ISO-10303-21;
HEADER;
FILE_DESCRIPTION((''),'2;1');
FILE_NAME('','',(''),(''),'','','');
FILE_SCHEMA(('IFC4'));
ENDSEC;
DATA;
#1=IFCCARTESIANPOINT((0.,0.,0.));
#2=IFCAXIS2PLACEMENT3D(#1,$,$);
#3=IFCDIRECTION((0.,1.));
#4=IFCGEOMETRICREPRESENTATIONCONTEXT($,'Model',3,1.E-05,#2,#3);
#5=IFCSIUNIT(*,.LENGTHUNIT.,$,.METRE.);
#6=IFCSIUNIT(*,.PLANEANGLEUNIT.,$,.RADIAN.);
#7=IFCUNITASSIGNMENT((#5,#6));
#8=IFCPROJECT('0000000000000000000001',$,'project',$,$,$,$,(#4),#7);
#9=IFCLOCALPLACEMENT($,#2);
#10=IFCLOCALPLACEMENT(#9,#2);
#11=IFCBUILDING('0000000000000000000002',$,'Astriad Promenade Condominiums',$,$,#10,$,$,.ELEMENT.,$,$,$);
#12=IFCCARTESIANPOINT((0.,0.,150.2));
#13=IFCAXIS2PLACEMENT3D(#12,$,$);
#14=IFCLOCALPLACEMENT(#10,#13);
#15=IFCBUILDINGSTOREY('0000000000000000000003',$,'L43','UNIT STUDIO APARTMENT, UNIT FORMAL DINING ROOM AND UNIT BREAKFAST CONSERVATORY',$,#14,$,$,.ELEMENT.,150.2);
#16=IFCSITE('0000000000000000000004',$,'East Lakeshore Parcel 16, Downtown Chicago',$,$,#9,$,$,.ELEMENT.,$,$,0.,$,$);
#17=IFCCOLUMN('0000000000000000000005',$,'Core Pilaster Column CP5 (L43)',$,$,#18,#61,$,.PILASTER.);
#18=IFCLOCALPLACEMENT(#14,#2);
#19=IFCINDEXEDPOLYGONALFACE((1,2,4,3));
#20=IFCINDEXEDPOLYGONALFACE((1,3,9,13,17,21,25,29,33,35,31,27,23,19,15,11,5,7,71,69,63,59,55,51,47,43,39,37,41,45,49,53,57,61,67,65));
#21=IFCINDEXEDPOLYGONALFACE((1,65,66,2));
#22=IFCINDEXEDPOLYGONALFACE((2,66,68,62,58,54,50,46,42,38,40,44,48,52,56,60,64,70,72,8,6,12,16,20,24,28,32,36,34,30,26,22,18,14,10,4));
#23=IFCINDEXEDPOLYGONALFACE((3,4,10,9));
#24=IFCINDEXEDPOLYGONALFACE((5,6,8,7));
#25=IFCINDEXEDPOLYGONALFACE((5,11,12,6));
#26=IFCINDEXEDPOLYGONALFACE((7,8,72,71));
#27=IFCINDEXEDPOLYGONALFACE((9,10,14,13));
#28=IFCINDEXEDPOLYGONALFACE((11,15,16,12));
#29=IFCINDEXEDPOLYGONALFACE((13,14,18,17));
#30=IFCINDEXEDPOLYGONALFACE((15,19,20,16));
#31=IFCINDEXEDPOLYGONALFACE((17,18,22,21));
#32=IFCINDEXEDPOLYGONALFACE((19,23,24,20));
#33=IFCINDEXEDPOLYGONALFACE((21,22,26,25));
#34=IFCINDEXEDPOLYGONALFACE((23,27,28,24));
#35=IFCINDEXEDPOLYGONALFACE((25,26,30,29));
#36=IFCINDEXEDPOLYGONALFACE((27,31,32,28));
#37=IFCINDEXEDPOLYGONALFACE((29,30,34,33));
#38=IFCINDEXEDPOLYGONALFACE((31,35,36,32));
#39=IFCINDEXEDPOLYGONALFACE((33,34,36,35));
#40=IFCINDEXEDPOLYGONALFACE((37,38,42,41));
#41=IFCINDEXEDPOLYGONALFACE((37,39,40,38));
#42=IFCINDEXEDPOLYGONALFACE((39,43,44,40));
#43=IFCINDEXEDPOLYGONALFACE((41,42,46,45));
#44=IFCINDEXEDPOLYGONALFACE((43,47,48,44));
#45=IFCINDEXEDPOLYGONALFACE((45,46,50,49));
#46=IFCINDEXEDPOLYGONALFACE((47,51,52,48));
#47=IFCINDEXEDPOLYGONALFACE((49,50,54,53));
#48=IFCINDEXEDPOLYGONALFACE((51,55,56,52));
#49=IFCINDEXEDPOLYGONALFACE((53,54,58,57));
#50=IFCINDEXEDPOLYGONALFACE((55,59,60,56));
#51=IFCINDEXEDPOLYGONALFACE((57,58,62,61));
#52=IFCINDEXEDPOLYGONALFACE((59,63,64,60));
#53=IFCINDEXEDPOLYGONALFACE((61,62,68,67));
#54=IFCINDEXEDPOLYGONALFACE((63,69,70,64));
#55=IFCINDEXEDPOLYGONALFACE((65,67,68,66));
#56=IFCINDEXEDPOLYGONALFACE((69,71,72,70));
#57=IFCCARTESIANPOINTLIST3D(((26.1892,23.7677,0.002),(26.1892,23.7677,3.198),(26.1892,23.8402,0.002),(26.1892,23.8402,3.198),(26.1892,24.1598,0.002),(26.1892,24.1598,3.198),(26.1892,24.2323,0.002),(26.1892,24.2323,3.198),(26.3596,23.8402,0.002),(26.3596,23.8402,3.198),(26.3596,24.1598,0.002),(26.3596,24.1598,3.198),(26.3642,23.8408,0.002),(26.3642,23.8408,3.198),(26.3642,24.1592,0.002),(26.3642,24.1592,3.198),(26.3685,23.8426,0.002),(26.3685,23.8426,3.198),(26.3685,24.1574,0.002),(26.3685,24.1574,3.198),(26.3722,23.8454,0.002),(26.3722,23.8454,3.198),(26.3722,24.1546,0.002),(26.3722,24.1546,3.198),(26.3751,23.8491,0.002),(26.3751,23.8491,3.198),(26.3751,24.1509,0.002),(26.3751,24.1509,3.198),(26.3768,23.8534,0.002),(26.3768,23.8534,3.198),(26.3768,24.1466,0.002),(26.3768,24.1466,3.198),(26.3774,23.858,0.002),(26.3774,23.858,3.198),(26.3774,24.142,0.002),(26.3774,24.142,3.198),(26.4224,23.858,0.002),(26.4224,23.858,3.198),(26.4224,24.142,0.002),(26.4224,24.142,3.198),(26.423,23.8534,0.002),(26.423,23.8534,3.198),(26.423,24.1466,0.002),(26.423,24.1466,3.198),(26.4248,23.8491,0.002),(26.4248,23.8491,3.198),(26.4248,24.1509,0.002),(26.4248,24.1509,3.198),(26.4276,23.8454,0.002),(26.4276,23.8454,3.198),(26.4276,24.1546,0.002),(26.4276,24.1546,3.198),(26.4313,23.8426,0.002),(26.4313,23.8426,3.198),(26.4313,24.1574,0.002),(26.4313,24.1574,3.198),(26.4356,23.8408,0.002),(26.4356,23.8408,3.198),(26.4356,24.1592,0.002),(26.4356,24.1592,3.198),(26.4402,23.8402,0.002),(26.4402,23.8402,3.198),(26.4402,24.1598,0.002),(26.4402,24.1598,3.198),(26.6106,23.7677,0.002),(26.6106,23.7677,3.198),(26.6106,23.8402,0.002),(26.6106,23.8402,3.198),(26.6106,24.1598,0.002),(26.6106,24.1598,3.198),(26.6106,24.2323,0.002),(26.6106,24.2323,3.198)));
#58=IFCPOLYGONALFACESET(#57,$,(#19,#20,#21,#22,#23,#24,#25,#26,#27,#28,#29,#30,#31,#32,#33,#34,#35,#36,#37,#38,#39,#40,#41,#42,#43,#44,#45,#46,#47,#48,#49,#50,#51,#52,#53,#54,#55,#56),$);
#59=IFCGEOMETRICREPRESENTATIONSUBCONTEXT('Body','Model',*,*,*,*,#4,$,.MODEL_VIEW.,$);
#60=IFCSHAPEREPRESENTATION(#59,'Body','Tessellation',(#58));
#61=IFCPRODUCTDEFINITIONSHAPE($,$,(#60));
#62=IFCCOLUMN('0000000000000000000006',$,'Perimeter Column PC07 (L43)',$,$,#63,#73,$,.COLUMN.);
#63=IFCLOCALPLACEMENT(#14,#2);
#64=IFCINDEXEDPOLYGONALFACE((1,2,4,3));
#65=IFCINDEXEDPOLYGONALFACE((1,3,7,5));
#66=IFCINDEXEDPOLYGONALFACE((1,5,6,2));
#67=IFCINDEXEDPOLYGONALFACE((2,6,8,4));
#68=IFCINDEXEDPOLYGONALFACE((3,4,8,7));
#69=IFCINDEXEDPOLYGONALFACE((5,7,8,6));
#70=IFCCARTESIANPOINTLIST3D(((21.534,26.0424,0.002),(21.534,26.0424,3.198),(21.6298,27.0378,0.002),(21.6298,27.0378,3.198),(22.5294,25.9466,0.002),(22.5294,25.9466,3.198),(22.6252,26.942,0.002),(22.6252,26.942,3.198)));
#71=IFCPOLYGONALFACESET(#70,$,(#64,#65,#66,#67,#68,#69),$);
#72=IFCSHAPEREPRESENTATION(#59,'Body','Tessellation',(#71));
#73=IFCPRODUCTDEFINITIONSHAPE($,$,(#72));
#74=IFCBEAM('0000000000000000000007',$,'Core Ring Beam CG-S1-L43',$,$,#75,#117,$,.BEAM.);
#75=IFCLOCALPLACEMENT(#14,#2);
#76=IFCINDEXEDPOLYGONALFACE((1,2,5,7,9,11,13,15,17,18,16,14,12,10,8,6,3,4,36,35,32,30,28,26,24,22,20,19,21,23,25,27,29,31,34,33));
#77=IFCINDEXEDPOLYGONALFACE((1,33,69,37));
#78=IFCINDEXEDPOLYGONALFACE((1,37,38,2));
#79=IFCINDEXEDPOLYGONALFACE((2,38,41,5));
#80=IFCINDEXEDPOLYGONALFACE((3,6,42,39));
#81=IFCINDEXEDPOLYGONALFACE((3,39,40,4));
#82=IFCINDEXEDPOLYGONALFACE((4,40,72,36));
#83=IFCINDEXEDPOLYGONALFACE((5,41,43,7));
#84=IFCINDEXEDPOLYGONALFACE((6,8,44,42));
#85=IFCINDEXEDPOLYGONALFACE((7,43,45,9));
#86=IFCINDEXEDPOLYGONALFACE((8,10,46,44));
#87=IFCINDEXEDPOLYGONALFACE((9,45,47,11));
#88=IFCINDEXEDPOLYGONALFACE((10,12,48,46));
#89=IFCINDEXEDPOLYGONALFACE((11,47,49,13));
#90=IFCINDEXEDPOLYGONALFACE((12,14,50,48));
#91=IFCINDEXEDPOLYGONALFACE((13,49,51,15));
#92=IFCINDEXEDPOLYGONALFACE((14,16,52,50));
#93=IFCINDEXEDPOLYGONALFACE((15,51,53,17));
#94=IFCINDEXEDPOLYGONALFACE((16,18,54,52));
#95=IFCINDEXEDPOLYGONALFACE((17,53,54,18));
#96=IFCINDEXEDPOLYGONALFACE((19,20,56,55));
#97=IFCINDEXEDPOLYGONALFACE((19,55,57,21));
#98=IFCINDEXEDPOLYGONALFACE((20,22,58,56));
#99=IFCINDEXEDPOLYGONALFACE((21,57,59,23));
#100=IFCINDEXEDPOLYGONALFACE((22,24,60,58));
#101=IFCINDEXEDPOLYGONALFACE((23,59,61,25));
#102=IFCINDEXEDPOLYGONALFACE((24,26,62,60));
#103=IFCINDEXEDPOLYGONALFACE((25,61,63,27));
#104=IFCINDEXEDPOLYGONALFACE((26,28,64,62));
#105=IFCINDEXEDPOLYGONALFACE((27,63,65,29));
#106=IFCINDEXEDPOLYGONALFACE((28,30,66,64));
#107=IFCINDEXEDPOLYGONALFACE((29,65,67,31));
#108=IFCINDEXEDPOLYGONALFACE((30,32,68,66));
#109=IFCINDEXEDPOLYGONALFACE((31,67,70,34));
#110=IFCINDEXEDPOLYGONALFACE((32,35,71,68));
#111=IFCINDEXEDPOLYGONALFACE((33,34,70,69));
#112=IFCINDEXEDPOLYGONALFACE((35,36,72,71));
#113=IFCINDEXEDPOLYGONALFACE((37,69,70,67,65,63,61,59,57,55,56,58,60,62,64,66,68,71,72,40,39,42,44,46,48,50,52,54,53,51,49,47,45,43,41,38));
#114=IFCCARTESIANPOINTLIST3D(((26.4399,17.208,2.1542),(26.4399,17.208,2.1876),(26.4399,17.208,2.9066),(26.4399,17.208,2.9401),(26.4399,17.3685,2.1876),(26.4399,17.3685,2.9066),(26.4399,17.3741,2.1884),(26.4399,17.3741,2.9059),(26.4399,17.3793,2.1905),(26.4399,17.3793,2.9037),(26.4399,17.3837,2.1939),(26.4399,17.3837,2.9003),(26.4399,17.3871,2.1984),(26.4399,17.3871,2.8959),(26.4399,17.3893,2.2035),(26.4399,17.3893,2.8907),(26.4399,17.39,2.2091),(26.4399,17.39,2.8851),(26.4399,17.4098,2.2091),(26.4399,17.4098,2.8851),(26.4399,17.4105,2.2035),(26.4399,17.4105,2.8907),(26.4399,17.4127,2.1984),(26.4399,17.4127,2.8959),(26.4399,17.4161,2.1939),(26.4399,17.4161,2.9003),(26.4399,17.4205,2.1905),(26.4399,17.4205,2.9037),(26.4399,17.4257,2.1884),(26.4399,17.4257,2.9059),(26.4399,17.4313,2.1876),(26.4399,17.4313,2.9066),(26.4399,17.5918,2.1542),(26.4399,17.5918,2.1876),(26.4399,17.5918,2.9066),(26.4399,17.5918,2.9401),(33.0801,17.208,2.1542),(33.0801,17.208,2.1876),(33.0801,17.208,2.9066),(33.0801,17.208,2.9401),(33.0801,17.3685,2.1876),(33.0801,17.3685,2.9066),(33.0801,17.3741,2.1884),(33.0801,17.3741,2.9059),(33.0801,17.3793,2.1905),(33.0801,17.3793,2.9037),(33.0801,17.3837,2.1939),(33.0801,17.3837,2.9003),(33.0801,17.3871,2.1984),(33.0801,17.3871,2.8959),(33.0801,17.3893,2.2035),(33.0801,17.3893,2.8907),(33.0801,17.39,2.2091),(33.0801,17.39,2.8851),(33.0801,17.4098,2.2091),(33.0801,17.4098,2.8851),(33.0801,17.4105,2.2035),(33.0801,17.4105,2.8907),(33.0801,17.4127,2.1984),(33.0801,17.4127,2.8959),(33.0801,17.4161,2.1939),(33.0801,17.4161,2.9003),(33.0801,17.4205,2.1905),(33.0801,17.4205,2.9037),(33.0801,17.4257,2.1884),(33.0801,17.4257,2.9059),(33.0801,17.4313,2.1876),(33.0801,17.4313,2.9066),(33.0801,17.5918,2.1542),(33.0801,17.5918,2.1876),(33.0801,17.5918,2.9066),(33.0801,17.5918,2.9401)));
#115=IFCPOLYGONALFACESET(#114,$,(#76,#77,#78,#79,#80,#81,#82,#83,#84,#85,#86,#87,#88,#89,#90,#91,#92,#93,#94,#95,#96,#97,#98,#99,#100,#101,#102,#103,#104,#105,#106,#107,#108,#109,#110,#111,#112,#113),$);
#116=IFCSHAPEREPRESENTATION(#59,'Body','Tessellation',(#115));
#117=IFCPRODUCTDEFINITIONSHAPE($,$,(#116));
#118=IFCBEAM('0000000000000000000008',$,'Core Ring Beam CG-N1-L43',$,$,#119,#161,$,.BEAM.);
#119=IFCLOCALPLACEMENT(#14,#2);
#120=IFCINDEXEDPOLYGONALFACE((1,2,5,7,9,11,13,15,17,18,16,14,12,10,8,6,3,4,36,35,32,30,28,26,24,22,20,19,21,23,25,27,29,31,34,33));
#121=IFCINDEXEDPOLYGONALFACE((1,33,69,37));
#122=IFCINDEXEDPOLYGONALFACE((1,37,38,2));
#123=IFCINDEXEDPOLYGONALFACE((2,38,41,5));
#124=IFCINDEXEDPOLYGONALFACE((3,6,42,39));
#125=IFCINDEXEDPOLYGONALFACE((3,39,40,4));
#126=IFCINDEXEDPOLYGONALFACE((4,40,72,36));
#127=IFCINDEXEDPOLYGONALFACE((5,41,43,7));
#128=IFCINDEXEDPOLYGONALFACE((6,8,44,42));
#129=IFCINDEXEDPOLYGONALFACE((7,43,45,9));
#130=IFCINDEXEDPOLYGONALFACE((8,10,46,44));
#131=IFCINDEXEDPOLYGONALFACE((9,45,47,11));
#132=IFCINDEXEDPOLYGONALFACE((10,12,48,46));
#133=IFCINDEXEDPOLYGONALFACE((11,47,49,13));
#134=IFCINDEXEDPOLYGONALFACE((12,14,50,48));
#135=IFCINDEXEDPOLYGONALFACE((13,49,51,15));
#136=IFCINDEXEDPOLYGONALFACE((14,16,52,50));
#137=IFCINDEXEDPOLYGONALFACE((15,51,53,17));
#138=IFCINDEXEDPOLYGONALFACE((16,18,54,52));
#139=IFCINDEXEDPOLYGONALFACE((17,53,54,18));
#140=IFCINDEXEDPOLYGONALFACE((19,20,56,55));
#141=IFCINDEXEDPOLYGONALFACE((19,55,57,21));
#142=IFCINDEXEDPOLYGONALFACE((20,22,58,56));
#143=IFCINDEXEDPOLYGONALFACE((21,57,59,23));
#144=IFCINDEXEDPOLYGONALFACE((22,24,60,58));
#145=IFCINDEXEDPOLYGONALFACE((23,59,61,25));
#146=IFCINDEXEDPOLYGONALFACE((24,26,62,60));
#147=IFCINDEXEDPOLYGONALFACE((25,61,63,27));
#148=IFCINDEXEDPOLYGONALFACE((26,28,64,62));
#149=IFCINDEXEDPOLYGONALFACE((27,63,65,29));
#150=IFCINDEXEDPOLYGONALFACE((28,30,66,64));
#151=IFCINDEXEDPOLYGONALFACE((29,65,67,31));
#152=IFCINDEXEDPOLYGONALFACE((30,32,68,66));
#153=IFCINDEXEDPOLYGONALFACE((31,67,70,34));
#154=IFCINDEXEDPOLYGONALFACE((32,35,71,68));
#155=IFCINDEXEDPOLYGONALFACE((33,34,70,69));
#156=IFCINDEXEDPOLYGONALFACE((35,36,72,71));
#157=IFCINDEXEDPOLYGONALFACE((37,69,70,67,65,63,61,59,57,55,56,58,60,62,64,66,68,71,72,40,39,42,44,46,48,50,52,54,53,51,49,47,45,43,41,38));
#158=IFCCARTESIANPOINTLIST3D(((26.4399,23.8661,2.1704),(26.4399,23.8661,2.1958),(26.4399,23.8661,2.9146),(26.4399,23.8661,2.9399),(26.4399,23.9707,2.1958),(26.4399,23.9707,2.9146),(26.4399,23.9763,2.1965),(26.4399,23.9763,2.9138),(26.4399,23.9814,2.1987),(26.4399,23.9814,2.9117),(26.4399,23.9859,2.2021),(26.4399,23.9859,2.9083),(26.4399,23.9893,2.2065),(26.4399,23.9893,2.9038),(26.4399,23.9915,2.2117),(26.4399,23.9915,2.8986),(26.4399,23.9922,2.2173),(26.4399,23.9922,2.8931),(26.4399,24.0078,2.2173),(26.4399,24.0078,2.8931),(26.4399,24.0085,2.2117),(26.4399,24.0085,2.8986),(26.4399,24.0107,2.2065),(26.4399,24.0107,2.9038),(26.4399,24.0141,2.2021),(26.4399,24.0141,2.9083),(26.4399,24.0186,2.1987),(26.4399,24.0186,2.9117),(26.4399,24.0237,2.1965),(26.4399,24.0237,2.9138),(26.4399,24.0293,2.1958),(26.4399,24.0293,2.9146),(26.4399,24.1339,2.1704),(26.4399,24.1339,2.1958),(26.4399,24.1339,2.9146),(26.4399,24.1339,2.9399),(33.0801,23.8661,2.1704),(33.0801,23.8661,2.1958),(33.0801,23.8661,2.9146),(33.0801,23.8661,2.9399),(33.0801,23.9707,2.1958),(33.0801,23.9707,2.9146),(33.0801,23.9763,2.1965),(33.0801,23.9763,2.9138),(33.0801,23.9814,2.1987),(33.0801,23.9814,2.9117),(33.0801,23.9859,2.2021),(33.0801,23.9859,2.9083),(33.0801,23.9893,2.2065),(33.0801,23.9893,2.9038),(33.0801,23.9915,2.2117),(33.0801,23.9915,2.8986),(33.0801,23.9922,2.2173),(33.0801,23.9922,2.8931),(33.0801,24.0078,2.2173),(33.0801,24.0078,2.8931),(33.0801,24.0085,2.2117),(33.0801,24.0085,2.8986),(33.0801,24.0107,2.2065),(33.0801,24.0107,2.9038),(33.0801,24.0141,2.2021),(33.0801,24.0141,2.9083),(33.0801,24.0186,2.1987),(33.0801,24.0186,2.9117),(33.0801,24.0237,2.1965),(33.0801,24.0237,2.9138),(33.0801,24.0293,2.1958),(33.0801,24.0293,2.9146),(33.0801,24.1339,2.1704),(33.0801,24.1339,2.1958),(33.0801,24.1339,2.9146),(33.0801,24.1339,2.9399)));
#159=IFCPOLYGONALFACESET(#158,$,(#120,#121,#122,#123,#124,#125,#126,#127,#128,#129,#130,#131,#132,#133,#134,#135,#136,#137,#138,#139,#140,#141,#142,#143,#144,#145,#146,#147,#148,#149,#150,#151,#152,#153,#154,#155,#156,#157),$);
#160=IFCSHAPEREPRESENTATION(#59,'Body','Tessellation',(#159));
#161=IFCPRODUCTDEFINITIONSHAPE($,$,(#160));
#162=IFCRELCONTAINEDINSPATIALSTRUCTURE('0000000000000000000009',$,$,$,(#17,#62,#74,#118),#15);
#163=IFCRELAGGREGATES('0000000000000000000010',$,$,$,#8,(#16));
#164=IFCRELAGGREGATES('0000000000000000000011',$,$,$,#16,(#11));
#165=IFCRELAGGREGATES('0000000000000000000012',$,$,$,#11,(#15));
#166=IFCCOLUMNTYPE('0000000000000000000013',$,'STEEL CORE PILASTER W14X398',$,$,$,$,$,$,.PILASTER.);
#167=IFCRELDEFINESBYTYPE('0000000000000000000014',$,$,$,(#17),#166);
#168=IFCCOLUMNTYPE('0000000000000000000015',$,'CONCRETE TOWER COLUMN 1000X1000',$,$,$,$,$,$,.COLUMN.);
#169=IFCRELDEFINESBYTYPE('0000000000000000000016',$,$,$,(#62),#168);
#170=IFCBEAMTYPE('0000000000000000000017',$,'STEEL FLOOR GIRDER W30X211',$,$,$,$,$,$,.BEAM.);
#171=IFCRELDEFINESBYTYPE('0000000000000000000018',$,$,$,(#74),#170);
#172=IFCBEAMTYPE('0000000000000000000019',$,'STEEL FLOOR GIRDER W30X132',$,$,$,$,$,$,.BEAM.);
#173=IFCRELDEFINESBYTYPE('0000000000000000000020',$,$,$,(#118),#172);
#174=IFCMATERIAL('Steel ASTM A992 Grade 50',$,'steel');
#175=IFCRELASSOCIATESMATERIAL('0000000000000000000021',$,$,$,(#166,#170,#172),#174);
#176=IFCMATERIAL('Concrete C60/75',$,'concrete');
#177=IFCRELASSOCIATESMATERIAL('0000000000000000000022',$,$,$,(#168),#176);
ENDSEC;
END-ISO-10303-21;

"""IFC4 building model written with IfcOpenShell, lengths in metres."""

from ifc_helpers import new_model, si_unit, direction, frame, origin, origin_2d, place, context, subcontext, project, spatial, rectangle, i_section, extrude, source, transform, mapped, material, material_profile, profile_set, type_object, type_shapes, element, save


model = new_model("IFC4")

# Units and contexts
model_context = context("Model", 3, precision=1e-05, world=origin(), true_north=direction((0.0, 1.0)))
body_context = subcontext(model_context, "Body", "Model", "MODEL_VIEW")
ifc_project = project(units=[si_unit("LENGTHUNIT", "METRE"), si_unit("PLANEANGLEUNIT", "RADIAN")], contexts=[model_context])

# Site, building, storey
site_placement = place(None, origin())
site = spatial("IfcSite", under=ifc_project, at=site_placement, Name="East Lakeshore Parcel 16, Downtown Chicago", CompositionType="ELEMENT", RefElevation=0.0)
building_placement = place(site_placement, origin())
building = spatial("IfcBuilding", under=site, at=building_placement, Name="Astriad Promenade Condominiums", CompositionType="ELEMENT")
storey_placement = place(building_placement, frame((0.0, 0.0, 150.2)))
storey = spatial("IfcBuildingStorey", under=building, at=storey_placement, Name="L43", Description="UNIT STUDIO APARTMENT, UNIT FORMAL DINING ROOM AND UNIT BREAKFAST CONSERVATORY", CompositionType="ELEMENT", Elevation=150.2)

# Columns
ifc_material_1 = material(Name="Steel ASTM A992 Grade 50", Category="steel")
ifc_material_profile_1 = material_profile(ifc_material_1, i_section(OverallWidth=0.4214, OverallDepth=0.4646, WebThickness=0.0449, FlangeThickness=0.0725, FilletRadius=0.0178, at=origin_2d()), Name="W14X398")
ifc_profile_set_1 = profile_set([ifc_material_profile_1], Name="Steel ASTM A992 Grade 50")
column_type_1 = type_object("IfcColumnType", Name="STEEL CORE PILASTER W14X398", PredefinedType="PILASTER", material=ifc_profile_set_1)
shared_shape_1 = source(origin(), body_context, "Body", "SweptSolid", [
    extrude(i_section(OverallWidth=0.4214, OverallDepth=0.4646, WebThickness=0.0449, FlangeThickness=0.0725, FilletRadius=0.0178, at=origin_2d()), origin(), (0.0, 0.0, 1.0), 3.196),
])
type_shapes(column_type_1, [shared_shape_1])
column_1_placement = place(storey_placement, frame((26.3999, 24.0, 0.002), z_axis=(0.0, 0.0, 1.0), x_axis=(1.0, 0.0, 0.0)))
element("IfcColumn", 1, at=column_1_placement, inside=storey, type_object=column_type_1, Name="Core Pilaster Column CP5 (L43)", PredefinedType="PILASTER", context=body_context, shape_type="MappedRepresentation", body=[
    mapped(shared_shape_1, transform((0.0, 0.0, 0.0), scale=1.0)),
])
ifc_material_2 = material(Name="Concrete C60/75", Category="concrete")
ifc_material_profile_2 = material_profile(ifc_material_2, rectangle(XDim=1.0, YDim=1.0, at=origin_2d()), Name="RC-COL-1000X1000")
ifc_profile_set_2 = profile_set([ifc_material_profile_2], Name="Concrete C60/75")
column_type_2 = type_object("IfcColumnType", Name="CONCRETE TOWER COLUMN 1000X1000", PredefinedType="COLUMN", material=ifc_profile_set_2)
shared_shape_2 = source(origin(), body_context, "Body", "SweptSolid", [
    extrude(rectangle(XDim=1.0, YDim=1.0, at=origin_2d()), origin(), (0.0, 0.0, 1.0), 3.196),
])
type_shapes(column_type_2, [shared_shape_2])
column_2_placement = place(storey_placement, frame((22.0796, 26.4922, 0.002), z_axis=(0.0, 0.0, 1.0), x_axis=(0.995396, -0.095846, 0.0)))
element("IfcColumn", 2, at=column_2_placement, inside=storey, type_object=column_type_2, Name="Perimeter Column PC07 (L43)", PredefinedType="COLUMN", context=body_context, shape_type="MappedRepresentation", body=[
    mapped(shared_shape_2, transform((0.0, 0.0, 0.0), scale=1.0)),
])

# Beams
ifc_material_profile_3 = material_profile(ifc_material_1, i_section(OverallWidth=0.3838, OverallDepth=0.7859, WebThickness=0.0198, FlangeThickness=0.0334, FilletRadius=0.0215, at=origin_2d()), Name="W30X211")
ifc_profile_set_3 = profile_set([ifc_material_profile_3], Name="Steel ASTM A992 Grade 50")
beam_type_1 = type_object("IfcBeamType", Name="STEEL FLOOR GIRDER W30X211", PredefinedType="BEAM", material=ifc_profile_set_3)
shared_shape_3 = source(origin(), body_context, "Body", "SweptSolid", [
    extrude(i_section(OverallWidth=0.3838, OverallDepth=0.7859, WebThickness=0.0198, FlangeThickness=0.0334, FilletRadius=0.0215, at=origin_2d()), origin(), (0.0, 0.0, 1.0), 6.6401),
])
type_shapes(beam_type_1, [shared_shape_3])
beam_1_placement = place(storey_placement, frame((26.4399, 17.3999, 2.5471), z_axis=(1.0, 0.0, 0.0), x_axis=(0.0, 1.0, 0.0)))
element("IfcBeam", 3, at=beam_1_placement, inside=storey, type_object=beam_type_1, Name="Core Ring Beam CG-S1-L43", PredefinedType="BEAM", context=body_context, shape_type="MappedRepresentation", body=[
    mapped(shared_shape_3, transform((0.0, 0.0, 0.0), scale=1.0)),
])
ifc_material_profile_4 = material_profile(ifc_material_1, i_section(OverallWidth=0.2678, OverallDepth=0.7695, WebThickness=0.0156, FlangeThickness=0.0254, FilletRadius=0.0215, at=origin_2d()), Name="W30X132")
ifc_profile_set_4 = profile_set([ifc_material_profile_4], Name="Steel ASTM A992 Grade 50")
beam_type_2 = type_object("IfcBeamType", Name="STEEL FLOOR GIRDER W30X132", PredefinedType="BEAM", material=ifc_profile_set_4)
shared_shape_4 = source(origin(), body_context, "Body", "SweptSolid", [
    extrude(i_section(OverallWidth=0.2678, OverallDepth=0.7695, WebThickness=0.0156, FlangeThickness=0.0254, FilletRadius=0.0215, at=origin_2d()), origin(), (0.0, 0.0, 1.0), 6.6401),
])
type_shapes(beam_type_2, [shared_shape_4])
beam_2_placement = place(storey_placement, frame((26.4399, 24.0, 2.5552), z_axis=(1.0, 0.0, 0.0), x_axis=(0.0, 1.0, 0.0)))
element("IfcBeam", 4, at=beam_2_placement, inside=storey, type_object=beam_type_2, Name="Core Ring Beam CG-N1-L43", PredefinedType="BEAM", context=body_context, shape_type="MappedRepresentation", body=[
    mapped(shared_shape_4, transform((0.0, 0.0, 0.0), scale=1.0)),
])

save(model, "model.ifc")
